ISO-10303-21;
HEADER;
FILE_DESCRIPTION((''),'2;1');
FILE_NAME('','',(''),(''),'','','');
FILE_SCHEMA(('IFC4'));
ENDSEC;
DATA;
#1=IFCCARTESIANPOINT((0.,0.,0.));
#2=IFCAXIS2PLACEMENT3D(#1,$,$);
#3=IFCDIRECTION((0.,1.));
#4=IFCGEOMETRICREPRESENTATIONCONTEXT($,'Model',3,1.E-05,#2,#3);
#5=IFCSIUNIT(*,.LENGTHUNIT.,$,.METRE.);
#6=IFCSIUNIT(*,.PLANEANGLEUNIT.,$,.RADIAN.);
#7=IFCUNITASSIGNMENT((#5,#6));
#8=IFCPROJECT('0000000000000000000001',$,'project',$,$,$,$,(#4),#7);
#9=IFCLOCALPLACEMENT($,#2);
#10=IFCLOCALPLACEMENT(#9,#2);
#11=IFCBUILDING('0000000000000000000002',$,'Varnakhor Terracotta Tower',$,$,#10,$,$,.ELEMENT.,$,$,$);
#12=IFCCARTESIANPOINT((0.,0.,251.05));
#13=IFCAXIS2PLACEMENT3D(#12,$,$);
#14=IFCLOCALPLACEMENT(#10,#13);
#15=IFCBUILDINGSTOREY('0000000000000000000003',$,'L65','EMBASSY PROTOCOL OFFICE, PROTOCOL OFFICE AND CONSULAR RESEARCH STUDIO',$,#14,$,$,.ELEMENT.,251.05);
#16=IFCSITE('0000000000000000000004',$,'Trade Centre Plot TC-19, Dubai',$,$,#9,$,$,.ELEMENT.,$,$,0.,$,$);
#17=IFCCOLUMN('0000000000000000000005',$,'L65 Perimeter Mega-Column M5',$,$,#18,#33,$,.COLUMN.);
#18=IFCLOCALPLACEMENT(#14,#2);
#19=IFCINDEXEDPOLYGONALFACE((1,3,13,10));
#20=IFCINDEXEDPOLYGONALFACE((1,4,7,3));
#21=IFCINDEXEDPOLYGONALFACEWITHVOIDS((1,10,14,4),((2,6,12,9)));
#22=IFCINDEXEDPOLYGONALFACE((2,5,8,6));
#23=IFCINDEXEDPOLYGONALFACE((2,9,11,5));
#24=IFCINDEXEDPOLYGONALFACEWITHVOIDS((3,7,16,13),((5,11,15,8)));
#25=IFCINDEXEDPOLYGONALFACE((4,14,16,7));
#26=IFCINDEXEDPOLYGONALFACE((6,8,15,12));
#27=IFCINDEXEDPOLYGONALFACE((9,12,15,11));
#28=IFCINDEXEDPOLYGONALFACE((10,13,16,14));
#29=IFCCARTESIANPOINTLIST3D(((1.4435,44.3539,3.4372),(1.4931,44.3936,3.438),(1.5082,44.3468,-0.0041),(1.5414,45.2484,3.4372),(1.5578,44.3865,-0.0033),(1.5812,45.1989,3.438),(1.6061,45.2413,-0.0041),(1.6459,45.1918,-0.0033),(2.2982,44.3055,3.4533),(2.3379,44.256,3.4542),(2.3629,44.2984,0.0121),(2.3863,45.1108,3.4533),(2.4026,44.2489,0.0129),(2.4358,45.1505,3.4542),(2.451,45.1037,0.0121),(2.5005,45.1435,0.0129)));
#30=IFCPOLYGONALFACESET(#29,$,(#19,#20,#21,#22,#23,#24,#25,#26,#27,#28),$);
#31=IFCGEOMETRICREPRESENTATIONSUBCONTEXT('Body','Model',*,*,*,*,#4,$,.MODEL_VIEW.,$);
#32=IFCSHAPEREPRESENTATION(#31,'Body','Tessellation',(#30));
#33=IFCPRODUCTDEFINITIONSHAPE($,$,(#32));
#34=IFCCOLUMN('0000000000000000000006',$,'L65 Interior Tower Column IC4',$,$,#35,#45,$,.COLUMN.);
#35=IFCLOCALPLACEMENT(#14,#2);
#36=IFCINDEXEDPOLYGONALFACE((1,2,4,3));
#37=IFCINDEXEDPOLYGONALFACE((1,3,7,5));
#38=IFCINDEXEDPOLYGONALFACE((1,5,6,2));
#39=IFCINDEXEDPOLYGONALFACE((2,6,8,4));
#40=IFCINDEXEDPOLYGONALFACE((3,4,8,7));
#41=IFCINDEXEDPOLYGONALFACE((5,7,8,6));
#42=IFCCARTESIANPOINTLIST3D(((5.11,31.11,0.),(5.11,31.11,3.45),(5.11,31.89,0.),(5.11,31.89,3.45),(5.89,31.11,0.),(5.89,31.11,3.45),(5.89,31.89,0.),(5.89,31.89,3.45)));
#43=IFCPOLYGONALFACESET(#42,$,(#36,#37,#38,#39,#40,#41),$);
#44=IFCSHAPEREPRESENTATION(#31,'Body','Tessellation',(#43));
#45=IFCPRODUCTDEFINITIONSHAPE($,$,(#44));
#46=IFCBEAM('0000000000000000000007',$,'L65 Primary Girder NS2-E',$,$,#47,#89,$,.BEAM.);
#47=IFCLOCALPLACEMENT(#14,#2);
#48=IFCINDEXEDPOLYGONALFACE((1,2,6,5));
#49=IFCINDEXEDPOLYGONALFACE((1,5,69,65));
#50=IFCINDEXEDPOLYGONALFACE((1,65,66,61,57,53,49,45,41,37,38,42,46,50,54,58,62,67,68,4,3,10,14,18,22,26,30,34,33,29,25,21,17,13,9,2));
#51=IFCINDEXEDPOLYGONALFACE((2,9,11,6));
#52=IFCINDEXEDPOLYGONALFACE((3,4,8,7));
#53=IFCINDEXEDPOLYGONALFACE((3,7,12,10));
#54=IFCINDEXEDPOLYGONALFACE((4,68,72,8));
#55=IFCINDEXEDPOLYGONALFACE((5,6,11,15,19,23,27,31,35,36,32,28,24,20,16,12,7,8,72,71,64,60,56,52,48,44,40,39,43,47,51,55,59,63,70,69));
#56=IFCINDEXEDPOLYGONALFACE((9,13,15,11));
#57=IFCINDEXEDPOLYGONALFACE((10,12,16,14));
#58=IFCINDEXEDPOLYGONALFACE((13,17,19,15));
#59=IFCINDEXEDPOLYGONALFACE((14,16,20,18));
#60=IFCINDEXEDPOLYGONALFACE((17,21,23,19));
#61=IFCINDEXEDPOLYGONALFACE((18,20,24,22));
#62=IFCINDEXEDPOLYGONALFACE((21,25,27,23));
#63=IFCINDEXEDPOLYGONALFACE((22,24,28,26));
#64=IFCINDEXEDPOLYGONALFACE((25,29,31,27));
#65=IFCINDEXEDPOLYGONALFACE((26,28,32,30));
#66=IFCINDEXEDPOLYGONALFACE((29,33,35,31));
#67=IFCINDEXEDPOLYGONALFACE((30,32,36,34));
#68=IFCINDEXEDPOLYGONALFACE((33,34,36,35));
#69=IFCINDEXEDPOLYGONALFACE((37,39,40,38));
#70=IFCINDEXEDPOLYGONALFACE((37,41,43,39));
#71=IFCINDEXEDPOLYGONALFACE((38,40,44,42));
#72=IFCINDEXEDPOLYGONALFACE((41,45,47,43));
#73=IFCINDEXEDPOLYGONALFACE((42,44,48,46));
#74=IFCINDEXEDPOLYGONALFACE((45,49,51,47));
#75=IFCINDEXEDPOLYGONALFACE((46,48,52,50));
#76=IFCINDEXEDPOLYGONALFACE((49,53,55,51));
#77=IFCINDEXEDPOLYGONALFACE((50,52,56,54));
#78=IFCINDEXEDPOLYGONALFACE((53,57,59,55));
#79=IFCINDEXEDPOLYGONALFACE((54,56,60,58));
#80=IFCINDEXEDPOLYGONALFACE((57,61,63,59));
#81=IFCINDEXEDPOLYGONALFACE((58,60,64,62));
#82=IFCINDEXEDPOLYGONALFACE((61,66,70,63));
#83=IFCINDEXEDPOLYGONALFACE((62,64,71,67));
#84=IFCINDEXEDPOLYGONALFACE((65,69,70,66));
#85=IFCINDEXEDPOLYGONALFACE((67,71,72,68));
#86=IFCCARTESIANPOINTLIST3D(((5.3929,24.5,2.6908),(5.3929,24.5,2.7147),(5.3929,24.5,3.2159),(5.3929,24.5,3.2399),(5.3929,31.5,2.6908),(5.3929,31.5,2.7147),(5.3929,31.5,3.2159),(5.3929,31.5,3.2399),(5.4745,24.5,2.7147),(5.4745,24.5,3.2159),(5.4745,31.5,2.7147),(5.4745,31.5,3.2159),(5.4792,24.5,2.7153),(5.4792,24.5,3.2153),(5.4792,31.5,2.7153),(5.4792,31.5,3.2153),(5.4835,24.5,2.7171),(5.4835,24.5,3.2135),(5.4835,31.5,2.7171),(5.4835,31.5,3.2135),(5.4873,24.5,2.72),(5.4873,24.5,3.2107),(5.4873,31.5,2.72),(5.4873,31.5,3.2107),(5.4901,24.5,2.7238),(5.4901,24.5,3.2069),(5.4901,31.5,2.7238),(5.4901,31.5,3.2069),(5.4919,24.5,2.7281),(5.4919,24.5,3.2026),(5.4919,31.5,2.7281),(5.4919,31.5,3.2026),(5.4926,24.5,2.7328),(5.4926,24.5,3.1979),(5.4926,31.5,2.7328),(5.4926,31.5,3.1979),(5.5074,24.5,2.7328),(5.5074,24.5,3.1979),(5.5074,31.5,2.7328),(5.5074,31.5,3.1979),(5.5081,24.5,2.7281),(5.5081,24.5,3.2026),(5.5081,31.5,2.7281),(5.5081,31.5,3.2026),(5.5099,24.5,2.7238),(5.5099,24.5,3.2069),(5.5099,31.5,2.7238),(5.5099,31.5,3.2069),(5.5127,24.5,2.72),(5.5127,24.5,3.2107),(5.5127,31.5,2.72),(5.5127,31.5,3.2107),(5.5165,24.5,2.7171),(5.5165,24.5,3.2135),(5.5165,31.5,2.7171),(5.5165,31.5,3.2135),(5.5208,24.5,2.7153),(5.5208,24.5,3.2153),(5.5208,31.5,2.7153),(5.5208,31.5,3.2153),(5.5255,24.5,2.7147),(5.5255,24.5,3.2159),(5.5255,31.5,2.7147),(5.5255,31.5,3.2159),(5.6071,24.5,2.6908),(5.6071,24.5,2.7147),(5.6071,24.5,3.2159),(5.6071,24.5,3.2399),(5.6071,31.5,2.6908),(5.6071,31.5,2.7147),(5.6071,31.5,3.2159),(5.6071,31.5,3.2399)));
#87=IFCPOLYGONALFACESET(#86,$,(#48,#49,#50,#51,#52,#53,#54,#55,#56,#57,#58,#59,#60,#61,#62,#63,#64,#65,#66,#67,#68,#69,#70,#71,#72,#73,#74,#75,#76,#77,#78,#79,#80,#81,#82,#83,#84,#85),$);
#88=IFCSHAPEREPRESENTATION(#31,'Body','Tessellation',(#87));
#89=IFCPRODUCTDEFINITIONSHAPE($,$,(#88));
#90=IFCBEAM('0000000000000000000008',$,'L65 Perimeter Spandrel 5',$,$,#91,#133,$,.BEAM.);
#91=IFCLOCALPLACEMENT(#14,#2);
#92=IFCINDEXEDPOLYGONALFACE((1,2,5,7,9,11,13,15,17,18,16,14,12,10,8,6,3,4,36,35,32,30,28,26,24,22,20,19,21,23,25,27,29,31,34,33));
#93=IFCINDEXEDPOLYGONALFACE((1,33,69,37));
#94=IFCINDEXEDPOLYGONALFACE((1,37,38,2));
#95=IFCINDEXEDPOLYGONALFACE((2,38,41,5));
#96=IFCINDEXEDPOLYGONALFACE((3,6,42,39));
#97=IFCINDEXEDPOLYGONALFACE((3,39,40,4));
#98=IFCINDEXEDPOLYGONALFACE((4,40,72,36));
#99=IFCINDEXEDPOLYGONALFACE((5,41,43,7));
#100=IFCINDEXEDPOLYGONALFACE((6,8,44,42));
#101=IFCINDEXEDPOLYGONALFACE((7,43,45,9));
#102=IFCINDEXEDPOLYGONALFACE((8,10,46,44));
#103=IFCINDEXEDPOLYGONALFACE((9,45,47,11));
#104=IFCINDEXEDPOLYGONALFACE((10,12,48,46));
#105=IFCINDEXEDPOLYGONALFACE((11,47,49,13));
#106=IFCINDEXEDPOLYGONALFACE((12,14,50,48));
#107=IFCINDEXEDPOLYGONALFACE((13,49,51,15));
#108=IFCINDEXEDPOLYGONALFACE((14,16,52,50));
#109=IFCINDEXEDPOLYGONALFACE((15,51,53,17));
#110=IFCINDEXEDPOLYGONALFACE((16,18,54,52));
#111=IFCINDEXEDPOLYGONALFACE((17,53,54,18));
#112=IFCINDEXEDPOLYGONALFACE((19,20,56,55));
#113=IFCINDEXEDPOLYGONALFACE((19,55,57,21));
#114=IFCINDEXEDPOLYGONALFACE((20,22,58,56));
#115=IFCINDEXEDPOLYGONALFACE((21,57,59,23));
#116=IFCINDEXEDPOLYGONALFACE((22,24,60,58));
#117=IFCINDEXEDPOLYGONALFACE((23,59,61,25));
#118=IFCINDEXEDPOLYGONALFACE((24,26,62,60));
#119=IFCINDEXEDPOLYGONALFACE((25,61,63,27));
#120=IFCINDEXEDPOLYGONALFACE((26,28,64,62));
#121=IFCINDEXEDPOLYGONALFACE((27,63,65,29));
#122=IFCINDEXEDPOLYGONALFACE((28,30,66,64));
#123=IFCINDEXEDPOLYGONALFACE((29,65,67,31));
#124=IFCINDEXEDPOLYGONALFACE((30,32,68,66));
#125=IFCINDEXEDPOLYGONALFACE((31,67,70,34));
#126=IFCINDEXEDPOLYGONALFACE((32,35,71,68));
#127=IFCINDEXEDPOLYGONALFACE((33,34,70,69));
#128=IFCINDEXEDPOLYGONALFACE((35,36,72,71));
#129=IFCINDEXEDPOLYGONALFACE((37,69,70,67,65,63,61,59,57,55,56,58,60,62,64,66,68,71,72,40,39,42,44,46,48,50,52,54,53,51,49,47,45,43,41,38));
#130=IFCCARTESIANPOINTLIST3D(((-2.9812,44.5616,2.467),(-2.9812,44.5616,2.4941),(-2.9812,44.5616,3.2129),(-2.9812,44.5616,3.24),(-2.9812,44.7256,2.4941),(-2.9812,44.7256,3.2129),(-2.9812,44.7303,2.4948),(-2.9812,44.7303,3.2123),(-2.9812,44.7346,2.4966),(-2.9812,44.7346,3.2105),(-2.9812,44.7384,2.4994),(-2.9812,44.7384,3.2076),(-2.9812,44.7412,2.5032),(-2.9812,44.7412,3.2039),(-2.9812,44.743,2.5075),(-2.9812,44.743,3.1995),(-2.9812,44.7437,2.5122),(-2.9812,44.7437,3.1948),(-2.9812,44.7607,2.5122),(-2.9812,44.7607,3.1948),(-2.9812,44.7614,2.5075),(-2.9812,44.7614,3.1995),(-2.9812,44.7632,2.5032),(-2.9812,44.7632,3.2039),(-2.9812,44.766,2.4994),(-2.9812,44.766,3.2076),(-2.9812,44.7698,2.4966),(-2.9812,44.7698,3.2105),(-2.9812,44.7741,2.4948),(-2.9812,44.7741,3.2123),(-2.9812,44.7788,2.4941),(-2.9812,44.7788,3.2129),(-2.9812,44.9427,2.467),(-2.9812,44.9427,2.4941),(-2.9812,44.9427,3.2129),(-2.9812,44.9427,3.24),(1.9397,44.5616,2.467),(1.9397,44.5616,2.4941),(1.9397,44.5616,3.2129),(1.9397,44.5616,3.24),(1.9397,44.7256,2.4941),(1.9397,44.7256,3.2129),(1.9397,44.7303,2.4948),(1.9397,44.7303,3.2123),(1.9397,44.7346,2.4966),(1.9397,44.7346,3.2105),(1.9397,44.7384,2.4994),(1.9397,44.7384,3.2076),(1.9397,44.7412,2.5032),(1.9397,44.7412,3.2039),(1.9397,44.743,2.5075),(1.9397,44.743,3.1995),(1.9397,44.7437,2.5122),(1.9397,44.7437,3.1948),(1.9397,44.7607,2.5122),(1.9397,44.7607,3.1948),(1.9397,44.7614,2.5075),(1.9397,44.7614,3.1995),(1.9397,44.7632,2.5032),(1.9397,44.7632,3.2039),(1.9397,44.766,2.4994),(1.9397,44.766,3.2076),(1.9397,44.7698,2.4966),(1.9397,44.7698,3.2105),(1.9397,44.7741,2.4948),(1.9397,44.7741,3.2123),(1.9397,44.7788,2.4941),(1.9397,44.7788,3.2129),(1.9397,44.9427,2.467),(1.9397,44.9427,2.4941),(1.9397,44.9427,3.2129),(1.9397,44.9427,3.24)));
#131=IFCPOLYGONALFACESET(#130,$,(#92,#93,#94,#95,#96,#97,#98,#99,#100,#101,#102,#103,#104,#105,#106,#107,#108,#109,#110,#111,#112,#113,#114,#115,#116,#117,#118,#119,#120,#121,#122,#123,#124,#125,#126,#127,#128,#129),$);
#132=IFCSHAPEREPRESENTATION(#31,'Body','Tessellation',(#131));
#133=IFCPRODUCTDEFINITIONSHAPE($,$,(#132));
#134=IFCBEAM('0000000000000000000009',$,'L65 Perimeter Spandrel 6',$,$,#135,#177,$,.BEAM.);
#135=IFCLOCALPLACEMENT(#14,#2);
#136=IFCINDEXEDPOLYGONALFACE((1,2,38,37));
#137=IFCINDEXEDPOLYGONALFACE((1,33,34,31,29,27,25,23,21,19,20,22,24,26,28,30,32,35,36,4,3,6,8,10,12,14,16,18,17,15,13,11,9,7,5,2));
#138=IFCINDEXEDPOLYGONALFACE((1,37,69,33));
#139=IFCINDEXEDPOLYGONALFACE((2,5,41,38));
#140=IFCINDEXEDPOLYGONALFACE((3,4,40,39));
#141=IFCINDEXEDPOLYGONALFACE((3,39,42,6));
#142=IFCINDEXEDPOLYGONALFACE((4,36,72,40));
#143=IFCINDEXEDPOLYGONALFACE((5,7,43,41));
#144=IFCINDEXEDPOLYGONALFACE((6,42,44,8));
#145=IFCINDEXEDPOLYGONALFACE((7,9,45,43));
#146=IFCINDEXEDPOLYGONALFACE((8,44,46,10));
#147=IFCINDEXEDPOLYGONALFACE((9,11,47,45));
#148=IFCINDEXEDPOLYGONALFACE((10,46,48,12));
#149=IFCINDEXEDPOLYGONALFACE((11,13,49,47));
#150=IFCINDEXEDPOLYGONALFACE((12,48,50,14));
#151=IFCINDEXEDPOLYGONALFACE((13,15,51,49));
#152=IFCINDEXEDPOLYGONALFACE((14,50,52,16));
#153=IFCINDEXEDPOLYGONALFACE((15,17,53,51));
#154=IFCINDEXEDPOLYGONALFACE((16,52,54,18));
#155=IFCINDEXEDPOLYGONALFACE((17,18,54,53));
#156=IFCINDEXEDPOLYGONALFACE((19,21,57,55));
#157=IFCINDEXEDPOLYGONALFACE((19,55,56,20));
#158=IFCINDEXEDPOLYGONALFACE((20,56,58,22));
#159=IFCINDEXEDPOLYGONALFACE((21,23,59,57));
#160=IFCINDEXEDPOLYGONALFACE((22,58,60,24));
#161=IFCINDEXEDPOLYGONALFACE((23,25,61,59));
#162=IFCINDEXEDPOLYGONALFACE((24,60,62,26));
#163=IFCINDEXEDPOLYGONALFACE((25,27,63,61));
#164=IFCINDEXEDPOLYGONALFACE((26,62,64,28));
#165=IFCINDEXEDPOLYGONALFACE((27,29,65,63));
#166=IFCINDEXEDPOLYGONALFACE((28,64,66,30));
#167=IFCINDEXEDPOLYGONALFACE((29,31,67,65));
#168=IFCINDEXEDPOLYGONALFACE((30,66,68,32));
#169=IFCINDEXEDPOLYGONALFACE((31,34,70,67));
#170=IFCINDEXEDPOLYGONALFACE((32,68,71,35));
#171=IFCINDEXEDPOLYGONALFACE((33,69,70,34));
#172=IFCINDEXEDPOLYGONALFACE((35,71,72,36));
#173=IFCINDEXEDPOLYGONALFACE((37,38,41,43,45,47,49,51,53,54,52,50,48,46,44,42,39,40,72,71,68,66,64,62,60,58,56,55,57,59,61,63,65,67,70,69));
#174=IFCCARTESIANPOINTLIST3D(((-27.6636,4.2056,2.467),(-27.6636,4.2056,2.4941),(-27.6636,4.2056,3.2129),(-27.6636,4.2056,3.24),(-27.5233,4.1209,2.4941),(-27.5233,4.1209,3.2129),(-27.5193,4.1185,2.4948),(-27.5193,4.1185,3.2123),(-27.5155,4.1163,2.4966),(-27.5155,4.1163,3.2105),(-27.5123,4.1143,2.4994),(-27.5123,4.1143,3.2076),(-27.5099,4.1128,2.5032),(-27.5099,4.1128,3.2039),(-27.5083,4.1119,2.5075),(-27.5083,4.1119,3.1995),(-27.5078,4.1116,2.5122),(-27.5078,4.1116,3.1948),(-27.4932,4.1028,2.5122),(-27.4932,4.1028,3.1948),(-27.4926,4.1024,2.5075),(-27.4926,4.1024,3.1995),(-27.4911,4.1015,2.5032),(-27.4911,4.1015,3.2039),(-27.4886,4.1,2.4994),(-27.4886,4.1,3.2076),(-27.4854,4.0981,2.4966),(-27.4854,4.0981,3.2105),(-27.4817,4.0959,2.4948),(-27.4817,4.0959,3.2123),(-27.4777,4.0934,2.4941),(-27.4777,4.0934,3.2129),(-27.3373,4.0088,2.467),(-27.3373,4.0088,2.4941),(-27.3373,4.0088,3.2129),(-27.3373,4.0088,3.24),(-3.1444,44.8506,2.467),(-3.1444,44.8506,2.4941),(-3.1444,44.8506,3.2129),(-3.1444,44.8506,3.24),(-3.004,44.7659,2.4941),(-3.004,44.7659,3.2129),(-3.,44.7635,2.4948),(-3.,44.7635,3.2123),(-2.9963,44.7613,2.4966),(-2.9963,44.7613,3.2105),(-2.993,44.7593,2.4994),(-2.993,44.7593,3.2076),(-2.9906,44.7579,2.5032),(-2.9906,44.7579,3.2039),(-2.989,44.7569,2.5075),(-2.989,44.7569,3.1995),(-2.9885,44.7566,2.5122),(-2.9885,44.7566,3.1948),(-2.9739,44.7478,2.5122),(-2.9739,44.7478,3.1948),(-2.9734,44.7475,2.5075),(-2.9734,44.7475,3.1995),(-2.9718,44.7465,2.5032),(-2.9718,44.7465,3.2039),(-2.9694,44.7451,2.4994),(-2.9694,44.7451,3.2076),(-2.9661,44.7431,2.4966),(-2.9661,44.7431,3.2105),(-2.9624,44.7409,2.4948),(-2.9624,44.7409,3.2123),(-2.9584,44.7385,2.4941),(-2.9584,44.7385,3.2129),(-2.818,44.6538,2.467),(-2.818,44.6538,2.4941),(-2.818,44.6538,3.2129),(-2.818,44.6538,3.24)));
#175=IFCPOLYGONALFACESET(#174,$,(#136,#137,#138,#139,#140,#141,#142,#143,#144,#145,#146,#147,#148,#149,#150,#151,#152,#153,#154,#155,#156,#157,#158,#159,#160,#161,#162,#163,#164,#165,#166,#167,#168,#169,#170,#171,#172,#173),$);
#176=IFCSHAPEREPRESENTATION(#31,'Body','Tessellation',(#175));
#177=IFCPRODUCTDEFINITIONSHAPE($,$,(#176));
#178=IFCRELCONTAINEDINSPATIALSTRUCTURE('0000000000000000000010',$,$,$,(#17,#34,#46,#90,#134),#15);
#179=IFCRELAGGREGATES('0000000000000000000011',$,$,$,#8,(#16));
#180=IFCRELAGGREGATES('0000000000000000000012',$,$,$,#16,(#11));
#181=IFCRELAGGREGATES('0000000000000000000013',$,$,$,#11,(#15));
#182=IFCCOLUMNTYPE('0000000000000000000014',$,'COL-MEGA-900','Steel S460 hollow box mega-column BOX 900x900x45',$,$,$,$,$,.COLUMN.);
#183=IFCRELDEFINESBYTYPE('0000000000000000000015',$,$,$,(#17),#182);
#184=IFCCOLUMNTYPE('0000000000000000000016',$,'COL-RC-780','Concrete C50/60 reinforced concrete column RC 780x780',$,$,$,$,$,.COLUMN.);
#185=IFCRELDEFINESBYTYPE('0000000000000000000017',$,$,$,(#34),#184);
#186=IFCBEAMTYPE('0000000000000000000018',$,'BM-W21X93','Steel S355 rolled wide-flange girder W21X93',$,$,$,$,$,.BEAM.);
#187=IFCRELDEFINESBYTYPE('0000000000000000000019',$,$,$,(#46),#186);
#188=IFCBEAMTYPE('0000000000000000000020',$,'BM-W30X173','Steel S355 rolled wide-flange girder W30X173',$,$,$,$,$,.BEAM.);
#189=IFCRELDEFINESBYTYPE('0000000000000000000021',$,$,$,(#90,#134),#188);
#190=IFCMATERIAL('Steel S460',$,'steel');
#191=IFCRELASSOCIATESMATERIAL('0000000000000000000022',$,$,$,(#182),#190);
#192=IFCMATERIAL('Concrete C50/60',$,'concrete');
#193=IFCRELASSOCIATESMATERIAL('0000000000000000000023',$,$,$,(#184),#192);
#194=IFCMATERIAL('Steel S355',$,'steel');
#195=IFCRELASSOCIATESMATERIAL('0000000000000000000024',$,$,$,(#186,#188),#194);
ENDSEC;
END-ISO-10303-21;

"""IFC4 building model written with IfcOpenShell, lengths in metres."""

from ifc_helpers import new_model, si_unit, direction, frame, origin, origin_2d, place, context, subcontext, project, spatial, rectangle, hollow_rectangle, i_section, extrude, source, transform, mapped, material, material_profile, profile_set, type_object, element, save


model = new_model("IFC4")

# Units and contexts
model_context = context("Model", 3, precision=1e-05, world=origin(), true_north=direction((0.0, 1.0)))
body_context = subcontext(model_context, "Body", "Model", "MODEL_VIEW")
ifc_project = project(units=[si_unit("LENGTHUNIT", "METRE"), si_unit("PLANEANGLEUNIT", "RADIAN")], contexts=[model_context])

# Site, building, storey
site_placement = place(None, origin())
site = spatial("IfcSite", under=ifc_project, at=site_placement, Name="Trade Centre Plot TC-19, Dubai", CompositionType="ELEMENT", RefElevation=0.0)
building_placement = place(site_placement, origin())
building = spatial("IfcBuilding", under=site, at=building_placement, Name="Varnakhor Terracotta Tower", CompositionType="ELEMENT")
storey_placement = place(building_placement, frame((0.0, 0.0, 251.05)))
storey = spatial("IfcBuildingStorey", under=building, at=storey_placement, Name="L65", Description="EMBASSY PROTOCOL OFFICE, PROTOCOL OFFICE AND CONSULAR RESEARCH STUDIO", CompositionType="ELEMENT", Elevation=251.05)

# Columns
ifc_material_1 = material(Name="Steel S460", Category="steel")
ifc_material_profile_1 = material_profile(ifc_material_1, hollow_rectangle(XDim=0.8999, YDim=0.8999, WallThickness=0.0449, at=origin_2d()), Name="BOX 900x900x45")
ifc_profile_set_1 = profile_set([ifc_material_profile_1], Name="Steel S460")
column_type_1 = type_object("IfcColumnType", Name="COL-MEGA-900", Description="Steel S460 hollow box mega-column BOX 900x900x45", PredefinedType="COLUMN", material=ifc_profile_set_1)
shared_shape_1 = source(origin(), body_context, "Body", "SweptSolid", [
    extrude(hollow_rectangle(XDim=0.8999, YDim=0.8999, WallThickness=0.0449, at=origin_2d()), origin(), (0.0, 0.0, 1.0), 3.4419),
])
column_1_placement = place(storey_placement, frame((2.0044, 44.7451, 0.0044), z_axis=(-0.018798, 0.002057, 0.999821), x_axis=(-0.108785, -0.994065, 0.0)))
element("IfcColumn", 1, at=column_1_placement, inside=storey, type_object=column_type_1, Name="L65 Perimeter Mega-Column M5", PredefinedType="COLUMN", context=body_context, shape_type="MappedRepresentation", body=[
    mapped(shared_shape_1, transform((0.0, 0.0, 0.0), scale=1.0)),
])
ifc_material_2 = material(Name="Concrete C50/60", Category="concrete")
ifc_material_profile_2 = material_profile(ifc_material_2, rectangle(XDim=0.78, YDim=0.78, at=origin_2d()), Name="RC 780x780")
ifc_profile_set_2 = profile_set([ifc_material_profile_2], Name="Concrete C50/60")
column_type_2 = type_object("IfcColumnType", Name="COL-RC-780", Description="Concrete C50/60 reinforced concrete column RC 780x780", PredefinedType="COLUMN", material=ifc_profile_set_2)
shared_shape_2 = source(origin(), body_context, "Body", "SweptSolid", [
    extrude(rectangle(XDim=0.78, YDim=0.78, at=origin_2d()), origin(), (0.0, 0.0, 1.0), 3.45),
])
column_2_placement = place(storey_placement, frame((5.5, 31.5, 0.0), z_axis=(0.0, 0.0, 1.0), x_axis=(1.0, 0.0, 0.0)))
element("IfcColumn", 2, at=column_2_placement, inside=storey, type_object=column_type_2, Name="L65 Interior Tower Column IC4", PredefinedType="COLUMN", context=body_context, shape_type="MappedRepresentation", body=[
    mapped(shared_shape_2, transform((0.0, 0.0, 0.0), scale=1.0)),
])

# Beams
ifc_material_3 = material(Name="Steel S355", Category="steel")
ifc_material_profile_3 = material_profile(ifc_material_3, i_section(OverallWidth=0.2141, OverallDepth=0.5491, WebThickness=0.0149, FlangeThickness=0.0239, FilletRadius=0.0181, at=origin_2d()), Name="W21X93")
ifc_profile_set_3 = profile_set([ifc_material_profile_3], Name="Steel S355")
beam_type_1 = type_object("IfcBeamType", Name="BM-W21X93", Description="Steel S355 rolled wide-flange girder W21X93", PredefinedType="BEAM", material=ifc_profile_set_3)
shared_shape_3 = source(origin(), body_context, "Body", "SweptSolid", [
    extrude(i_section(OverallWidth=0.2141, OverallDepth=0.5491, WebThickness=0.0149, FlangeThickness=0.0239, FilletRadius=0.0181, at=origin_2d()), origin(), (0.0, 0.0, 1.0), 7.0),
])
beam_1_placement = place(storey_placement, frame((5.5, 24.5, 2.9653), z_axis=(0.0, 1.0, 0.0), x_axis=(-1.0, 0.0, 0.0)))
element("IfcBeam", 3, at=beam_1_placement, inside=storey, type_object=beam_type_1, Name="L65 Primary Girder NS2-E", PredefinedType="BEAM", context=body_context, shape_type="MappedRepresentation", body=[
    mapped(shared_shape_3, transform((0.0, 0.0, 0.0), scale=1.0)),
])
ifc_material_profile_4 = material_profile(ifc_material_3, i_section(OverallWidth=0.3811, OverallDepth=0.7729, WebThickness=0.0171, FlangeThickness=0.0271, FilletRadius=0.0181, at=origin_2d()), Name="W30X173")
ifc_profile_set_4 = profile_set([ifc_material_profile_4], Name="Steel S355")
beam_type_2 = type_object("IfcBeamType", Name="BM-W30X173", Description="Steel S355 rolled wide-flange girder W30X173", PredefinedType="BEAM", material=ifc_profile_set_4)
shared_shape_4 = source(origin(), body_context, "Body", "SweptSolid", [
    extrude(i_section(OverallWidth=0.3811, OverallDepth=0.7729, WebThickness=0.0171, FlangeThickness=0.0271, FilletRadius=0.0181, at=origin_2d()), origin(), (0.0, 0.0, 1.0), 4.9209),
])
beam_2_placement = place(storey_placement, frame((1.9397, 44.7522, 2.8535), z_axis=(-1.0, 0.0, 0.0), x_axis=(0.0, -1.0, 0.0)))
element("IfcBeam", 4, at=beam_2_placement, inside=storey, type_object=beam_type_2, Name="L65 Perimeter Spandrel 5", PredefinedType="BEAM", context=body_context, shape_type="MappedRepresentation", body=[
    mapped(shared_shape_4, transform((0.0, 0.0, 0.0), scale=1.0)),
])
shared_shape_5 = source(origin(), body_context, "Body", "SweptSolid", [
    extrude(i_section(OverallWidth=0.3811, OverallDepth=0.7729, WebThickness=0.0171, FlangeThickness=0.0271, FilletRadius=0.0181, at=origin_2d()), origin(), (0.0, 0.0, 1.0), 47.468),
])
beam_3_placement = place(storey_placement, frame((-2.9812, 44.7522, 2.8535), z_axis=(-0.516543, -0.856261, 0.0), x_axis=(0.856261, -0.516543, 0.0)))
element("IfcBeam", 5, at=beam_3_placement, inside=storey, type_object=beam_type_2, Name="L65 Perimeter Spandrel 6", PredefinedType="BEAM", context=body_context, shape_type="MappedRepresentation", body=[
    mapped(shared_shape_5, transform((0.0, 0.0, 0.0), scale=1.0)),
])

save(model, "model.ifc")
